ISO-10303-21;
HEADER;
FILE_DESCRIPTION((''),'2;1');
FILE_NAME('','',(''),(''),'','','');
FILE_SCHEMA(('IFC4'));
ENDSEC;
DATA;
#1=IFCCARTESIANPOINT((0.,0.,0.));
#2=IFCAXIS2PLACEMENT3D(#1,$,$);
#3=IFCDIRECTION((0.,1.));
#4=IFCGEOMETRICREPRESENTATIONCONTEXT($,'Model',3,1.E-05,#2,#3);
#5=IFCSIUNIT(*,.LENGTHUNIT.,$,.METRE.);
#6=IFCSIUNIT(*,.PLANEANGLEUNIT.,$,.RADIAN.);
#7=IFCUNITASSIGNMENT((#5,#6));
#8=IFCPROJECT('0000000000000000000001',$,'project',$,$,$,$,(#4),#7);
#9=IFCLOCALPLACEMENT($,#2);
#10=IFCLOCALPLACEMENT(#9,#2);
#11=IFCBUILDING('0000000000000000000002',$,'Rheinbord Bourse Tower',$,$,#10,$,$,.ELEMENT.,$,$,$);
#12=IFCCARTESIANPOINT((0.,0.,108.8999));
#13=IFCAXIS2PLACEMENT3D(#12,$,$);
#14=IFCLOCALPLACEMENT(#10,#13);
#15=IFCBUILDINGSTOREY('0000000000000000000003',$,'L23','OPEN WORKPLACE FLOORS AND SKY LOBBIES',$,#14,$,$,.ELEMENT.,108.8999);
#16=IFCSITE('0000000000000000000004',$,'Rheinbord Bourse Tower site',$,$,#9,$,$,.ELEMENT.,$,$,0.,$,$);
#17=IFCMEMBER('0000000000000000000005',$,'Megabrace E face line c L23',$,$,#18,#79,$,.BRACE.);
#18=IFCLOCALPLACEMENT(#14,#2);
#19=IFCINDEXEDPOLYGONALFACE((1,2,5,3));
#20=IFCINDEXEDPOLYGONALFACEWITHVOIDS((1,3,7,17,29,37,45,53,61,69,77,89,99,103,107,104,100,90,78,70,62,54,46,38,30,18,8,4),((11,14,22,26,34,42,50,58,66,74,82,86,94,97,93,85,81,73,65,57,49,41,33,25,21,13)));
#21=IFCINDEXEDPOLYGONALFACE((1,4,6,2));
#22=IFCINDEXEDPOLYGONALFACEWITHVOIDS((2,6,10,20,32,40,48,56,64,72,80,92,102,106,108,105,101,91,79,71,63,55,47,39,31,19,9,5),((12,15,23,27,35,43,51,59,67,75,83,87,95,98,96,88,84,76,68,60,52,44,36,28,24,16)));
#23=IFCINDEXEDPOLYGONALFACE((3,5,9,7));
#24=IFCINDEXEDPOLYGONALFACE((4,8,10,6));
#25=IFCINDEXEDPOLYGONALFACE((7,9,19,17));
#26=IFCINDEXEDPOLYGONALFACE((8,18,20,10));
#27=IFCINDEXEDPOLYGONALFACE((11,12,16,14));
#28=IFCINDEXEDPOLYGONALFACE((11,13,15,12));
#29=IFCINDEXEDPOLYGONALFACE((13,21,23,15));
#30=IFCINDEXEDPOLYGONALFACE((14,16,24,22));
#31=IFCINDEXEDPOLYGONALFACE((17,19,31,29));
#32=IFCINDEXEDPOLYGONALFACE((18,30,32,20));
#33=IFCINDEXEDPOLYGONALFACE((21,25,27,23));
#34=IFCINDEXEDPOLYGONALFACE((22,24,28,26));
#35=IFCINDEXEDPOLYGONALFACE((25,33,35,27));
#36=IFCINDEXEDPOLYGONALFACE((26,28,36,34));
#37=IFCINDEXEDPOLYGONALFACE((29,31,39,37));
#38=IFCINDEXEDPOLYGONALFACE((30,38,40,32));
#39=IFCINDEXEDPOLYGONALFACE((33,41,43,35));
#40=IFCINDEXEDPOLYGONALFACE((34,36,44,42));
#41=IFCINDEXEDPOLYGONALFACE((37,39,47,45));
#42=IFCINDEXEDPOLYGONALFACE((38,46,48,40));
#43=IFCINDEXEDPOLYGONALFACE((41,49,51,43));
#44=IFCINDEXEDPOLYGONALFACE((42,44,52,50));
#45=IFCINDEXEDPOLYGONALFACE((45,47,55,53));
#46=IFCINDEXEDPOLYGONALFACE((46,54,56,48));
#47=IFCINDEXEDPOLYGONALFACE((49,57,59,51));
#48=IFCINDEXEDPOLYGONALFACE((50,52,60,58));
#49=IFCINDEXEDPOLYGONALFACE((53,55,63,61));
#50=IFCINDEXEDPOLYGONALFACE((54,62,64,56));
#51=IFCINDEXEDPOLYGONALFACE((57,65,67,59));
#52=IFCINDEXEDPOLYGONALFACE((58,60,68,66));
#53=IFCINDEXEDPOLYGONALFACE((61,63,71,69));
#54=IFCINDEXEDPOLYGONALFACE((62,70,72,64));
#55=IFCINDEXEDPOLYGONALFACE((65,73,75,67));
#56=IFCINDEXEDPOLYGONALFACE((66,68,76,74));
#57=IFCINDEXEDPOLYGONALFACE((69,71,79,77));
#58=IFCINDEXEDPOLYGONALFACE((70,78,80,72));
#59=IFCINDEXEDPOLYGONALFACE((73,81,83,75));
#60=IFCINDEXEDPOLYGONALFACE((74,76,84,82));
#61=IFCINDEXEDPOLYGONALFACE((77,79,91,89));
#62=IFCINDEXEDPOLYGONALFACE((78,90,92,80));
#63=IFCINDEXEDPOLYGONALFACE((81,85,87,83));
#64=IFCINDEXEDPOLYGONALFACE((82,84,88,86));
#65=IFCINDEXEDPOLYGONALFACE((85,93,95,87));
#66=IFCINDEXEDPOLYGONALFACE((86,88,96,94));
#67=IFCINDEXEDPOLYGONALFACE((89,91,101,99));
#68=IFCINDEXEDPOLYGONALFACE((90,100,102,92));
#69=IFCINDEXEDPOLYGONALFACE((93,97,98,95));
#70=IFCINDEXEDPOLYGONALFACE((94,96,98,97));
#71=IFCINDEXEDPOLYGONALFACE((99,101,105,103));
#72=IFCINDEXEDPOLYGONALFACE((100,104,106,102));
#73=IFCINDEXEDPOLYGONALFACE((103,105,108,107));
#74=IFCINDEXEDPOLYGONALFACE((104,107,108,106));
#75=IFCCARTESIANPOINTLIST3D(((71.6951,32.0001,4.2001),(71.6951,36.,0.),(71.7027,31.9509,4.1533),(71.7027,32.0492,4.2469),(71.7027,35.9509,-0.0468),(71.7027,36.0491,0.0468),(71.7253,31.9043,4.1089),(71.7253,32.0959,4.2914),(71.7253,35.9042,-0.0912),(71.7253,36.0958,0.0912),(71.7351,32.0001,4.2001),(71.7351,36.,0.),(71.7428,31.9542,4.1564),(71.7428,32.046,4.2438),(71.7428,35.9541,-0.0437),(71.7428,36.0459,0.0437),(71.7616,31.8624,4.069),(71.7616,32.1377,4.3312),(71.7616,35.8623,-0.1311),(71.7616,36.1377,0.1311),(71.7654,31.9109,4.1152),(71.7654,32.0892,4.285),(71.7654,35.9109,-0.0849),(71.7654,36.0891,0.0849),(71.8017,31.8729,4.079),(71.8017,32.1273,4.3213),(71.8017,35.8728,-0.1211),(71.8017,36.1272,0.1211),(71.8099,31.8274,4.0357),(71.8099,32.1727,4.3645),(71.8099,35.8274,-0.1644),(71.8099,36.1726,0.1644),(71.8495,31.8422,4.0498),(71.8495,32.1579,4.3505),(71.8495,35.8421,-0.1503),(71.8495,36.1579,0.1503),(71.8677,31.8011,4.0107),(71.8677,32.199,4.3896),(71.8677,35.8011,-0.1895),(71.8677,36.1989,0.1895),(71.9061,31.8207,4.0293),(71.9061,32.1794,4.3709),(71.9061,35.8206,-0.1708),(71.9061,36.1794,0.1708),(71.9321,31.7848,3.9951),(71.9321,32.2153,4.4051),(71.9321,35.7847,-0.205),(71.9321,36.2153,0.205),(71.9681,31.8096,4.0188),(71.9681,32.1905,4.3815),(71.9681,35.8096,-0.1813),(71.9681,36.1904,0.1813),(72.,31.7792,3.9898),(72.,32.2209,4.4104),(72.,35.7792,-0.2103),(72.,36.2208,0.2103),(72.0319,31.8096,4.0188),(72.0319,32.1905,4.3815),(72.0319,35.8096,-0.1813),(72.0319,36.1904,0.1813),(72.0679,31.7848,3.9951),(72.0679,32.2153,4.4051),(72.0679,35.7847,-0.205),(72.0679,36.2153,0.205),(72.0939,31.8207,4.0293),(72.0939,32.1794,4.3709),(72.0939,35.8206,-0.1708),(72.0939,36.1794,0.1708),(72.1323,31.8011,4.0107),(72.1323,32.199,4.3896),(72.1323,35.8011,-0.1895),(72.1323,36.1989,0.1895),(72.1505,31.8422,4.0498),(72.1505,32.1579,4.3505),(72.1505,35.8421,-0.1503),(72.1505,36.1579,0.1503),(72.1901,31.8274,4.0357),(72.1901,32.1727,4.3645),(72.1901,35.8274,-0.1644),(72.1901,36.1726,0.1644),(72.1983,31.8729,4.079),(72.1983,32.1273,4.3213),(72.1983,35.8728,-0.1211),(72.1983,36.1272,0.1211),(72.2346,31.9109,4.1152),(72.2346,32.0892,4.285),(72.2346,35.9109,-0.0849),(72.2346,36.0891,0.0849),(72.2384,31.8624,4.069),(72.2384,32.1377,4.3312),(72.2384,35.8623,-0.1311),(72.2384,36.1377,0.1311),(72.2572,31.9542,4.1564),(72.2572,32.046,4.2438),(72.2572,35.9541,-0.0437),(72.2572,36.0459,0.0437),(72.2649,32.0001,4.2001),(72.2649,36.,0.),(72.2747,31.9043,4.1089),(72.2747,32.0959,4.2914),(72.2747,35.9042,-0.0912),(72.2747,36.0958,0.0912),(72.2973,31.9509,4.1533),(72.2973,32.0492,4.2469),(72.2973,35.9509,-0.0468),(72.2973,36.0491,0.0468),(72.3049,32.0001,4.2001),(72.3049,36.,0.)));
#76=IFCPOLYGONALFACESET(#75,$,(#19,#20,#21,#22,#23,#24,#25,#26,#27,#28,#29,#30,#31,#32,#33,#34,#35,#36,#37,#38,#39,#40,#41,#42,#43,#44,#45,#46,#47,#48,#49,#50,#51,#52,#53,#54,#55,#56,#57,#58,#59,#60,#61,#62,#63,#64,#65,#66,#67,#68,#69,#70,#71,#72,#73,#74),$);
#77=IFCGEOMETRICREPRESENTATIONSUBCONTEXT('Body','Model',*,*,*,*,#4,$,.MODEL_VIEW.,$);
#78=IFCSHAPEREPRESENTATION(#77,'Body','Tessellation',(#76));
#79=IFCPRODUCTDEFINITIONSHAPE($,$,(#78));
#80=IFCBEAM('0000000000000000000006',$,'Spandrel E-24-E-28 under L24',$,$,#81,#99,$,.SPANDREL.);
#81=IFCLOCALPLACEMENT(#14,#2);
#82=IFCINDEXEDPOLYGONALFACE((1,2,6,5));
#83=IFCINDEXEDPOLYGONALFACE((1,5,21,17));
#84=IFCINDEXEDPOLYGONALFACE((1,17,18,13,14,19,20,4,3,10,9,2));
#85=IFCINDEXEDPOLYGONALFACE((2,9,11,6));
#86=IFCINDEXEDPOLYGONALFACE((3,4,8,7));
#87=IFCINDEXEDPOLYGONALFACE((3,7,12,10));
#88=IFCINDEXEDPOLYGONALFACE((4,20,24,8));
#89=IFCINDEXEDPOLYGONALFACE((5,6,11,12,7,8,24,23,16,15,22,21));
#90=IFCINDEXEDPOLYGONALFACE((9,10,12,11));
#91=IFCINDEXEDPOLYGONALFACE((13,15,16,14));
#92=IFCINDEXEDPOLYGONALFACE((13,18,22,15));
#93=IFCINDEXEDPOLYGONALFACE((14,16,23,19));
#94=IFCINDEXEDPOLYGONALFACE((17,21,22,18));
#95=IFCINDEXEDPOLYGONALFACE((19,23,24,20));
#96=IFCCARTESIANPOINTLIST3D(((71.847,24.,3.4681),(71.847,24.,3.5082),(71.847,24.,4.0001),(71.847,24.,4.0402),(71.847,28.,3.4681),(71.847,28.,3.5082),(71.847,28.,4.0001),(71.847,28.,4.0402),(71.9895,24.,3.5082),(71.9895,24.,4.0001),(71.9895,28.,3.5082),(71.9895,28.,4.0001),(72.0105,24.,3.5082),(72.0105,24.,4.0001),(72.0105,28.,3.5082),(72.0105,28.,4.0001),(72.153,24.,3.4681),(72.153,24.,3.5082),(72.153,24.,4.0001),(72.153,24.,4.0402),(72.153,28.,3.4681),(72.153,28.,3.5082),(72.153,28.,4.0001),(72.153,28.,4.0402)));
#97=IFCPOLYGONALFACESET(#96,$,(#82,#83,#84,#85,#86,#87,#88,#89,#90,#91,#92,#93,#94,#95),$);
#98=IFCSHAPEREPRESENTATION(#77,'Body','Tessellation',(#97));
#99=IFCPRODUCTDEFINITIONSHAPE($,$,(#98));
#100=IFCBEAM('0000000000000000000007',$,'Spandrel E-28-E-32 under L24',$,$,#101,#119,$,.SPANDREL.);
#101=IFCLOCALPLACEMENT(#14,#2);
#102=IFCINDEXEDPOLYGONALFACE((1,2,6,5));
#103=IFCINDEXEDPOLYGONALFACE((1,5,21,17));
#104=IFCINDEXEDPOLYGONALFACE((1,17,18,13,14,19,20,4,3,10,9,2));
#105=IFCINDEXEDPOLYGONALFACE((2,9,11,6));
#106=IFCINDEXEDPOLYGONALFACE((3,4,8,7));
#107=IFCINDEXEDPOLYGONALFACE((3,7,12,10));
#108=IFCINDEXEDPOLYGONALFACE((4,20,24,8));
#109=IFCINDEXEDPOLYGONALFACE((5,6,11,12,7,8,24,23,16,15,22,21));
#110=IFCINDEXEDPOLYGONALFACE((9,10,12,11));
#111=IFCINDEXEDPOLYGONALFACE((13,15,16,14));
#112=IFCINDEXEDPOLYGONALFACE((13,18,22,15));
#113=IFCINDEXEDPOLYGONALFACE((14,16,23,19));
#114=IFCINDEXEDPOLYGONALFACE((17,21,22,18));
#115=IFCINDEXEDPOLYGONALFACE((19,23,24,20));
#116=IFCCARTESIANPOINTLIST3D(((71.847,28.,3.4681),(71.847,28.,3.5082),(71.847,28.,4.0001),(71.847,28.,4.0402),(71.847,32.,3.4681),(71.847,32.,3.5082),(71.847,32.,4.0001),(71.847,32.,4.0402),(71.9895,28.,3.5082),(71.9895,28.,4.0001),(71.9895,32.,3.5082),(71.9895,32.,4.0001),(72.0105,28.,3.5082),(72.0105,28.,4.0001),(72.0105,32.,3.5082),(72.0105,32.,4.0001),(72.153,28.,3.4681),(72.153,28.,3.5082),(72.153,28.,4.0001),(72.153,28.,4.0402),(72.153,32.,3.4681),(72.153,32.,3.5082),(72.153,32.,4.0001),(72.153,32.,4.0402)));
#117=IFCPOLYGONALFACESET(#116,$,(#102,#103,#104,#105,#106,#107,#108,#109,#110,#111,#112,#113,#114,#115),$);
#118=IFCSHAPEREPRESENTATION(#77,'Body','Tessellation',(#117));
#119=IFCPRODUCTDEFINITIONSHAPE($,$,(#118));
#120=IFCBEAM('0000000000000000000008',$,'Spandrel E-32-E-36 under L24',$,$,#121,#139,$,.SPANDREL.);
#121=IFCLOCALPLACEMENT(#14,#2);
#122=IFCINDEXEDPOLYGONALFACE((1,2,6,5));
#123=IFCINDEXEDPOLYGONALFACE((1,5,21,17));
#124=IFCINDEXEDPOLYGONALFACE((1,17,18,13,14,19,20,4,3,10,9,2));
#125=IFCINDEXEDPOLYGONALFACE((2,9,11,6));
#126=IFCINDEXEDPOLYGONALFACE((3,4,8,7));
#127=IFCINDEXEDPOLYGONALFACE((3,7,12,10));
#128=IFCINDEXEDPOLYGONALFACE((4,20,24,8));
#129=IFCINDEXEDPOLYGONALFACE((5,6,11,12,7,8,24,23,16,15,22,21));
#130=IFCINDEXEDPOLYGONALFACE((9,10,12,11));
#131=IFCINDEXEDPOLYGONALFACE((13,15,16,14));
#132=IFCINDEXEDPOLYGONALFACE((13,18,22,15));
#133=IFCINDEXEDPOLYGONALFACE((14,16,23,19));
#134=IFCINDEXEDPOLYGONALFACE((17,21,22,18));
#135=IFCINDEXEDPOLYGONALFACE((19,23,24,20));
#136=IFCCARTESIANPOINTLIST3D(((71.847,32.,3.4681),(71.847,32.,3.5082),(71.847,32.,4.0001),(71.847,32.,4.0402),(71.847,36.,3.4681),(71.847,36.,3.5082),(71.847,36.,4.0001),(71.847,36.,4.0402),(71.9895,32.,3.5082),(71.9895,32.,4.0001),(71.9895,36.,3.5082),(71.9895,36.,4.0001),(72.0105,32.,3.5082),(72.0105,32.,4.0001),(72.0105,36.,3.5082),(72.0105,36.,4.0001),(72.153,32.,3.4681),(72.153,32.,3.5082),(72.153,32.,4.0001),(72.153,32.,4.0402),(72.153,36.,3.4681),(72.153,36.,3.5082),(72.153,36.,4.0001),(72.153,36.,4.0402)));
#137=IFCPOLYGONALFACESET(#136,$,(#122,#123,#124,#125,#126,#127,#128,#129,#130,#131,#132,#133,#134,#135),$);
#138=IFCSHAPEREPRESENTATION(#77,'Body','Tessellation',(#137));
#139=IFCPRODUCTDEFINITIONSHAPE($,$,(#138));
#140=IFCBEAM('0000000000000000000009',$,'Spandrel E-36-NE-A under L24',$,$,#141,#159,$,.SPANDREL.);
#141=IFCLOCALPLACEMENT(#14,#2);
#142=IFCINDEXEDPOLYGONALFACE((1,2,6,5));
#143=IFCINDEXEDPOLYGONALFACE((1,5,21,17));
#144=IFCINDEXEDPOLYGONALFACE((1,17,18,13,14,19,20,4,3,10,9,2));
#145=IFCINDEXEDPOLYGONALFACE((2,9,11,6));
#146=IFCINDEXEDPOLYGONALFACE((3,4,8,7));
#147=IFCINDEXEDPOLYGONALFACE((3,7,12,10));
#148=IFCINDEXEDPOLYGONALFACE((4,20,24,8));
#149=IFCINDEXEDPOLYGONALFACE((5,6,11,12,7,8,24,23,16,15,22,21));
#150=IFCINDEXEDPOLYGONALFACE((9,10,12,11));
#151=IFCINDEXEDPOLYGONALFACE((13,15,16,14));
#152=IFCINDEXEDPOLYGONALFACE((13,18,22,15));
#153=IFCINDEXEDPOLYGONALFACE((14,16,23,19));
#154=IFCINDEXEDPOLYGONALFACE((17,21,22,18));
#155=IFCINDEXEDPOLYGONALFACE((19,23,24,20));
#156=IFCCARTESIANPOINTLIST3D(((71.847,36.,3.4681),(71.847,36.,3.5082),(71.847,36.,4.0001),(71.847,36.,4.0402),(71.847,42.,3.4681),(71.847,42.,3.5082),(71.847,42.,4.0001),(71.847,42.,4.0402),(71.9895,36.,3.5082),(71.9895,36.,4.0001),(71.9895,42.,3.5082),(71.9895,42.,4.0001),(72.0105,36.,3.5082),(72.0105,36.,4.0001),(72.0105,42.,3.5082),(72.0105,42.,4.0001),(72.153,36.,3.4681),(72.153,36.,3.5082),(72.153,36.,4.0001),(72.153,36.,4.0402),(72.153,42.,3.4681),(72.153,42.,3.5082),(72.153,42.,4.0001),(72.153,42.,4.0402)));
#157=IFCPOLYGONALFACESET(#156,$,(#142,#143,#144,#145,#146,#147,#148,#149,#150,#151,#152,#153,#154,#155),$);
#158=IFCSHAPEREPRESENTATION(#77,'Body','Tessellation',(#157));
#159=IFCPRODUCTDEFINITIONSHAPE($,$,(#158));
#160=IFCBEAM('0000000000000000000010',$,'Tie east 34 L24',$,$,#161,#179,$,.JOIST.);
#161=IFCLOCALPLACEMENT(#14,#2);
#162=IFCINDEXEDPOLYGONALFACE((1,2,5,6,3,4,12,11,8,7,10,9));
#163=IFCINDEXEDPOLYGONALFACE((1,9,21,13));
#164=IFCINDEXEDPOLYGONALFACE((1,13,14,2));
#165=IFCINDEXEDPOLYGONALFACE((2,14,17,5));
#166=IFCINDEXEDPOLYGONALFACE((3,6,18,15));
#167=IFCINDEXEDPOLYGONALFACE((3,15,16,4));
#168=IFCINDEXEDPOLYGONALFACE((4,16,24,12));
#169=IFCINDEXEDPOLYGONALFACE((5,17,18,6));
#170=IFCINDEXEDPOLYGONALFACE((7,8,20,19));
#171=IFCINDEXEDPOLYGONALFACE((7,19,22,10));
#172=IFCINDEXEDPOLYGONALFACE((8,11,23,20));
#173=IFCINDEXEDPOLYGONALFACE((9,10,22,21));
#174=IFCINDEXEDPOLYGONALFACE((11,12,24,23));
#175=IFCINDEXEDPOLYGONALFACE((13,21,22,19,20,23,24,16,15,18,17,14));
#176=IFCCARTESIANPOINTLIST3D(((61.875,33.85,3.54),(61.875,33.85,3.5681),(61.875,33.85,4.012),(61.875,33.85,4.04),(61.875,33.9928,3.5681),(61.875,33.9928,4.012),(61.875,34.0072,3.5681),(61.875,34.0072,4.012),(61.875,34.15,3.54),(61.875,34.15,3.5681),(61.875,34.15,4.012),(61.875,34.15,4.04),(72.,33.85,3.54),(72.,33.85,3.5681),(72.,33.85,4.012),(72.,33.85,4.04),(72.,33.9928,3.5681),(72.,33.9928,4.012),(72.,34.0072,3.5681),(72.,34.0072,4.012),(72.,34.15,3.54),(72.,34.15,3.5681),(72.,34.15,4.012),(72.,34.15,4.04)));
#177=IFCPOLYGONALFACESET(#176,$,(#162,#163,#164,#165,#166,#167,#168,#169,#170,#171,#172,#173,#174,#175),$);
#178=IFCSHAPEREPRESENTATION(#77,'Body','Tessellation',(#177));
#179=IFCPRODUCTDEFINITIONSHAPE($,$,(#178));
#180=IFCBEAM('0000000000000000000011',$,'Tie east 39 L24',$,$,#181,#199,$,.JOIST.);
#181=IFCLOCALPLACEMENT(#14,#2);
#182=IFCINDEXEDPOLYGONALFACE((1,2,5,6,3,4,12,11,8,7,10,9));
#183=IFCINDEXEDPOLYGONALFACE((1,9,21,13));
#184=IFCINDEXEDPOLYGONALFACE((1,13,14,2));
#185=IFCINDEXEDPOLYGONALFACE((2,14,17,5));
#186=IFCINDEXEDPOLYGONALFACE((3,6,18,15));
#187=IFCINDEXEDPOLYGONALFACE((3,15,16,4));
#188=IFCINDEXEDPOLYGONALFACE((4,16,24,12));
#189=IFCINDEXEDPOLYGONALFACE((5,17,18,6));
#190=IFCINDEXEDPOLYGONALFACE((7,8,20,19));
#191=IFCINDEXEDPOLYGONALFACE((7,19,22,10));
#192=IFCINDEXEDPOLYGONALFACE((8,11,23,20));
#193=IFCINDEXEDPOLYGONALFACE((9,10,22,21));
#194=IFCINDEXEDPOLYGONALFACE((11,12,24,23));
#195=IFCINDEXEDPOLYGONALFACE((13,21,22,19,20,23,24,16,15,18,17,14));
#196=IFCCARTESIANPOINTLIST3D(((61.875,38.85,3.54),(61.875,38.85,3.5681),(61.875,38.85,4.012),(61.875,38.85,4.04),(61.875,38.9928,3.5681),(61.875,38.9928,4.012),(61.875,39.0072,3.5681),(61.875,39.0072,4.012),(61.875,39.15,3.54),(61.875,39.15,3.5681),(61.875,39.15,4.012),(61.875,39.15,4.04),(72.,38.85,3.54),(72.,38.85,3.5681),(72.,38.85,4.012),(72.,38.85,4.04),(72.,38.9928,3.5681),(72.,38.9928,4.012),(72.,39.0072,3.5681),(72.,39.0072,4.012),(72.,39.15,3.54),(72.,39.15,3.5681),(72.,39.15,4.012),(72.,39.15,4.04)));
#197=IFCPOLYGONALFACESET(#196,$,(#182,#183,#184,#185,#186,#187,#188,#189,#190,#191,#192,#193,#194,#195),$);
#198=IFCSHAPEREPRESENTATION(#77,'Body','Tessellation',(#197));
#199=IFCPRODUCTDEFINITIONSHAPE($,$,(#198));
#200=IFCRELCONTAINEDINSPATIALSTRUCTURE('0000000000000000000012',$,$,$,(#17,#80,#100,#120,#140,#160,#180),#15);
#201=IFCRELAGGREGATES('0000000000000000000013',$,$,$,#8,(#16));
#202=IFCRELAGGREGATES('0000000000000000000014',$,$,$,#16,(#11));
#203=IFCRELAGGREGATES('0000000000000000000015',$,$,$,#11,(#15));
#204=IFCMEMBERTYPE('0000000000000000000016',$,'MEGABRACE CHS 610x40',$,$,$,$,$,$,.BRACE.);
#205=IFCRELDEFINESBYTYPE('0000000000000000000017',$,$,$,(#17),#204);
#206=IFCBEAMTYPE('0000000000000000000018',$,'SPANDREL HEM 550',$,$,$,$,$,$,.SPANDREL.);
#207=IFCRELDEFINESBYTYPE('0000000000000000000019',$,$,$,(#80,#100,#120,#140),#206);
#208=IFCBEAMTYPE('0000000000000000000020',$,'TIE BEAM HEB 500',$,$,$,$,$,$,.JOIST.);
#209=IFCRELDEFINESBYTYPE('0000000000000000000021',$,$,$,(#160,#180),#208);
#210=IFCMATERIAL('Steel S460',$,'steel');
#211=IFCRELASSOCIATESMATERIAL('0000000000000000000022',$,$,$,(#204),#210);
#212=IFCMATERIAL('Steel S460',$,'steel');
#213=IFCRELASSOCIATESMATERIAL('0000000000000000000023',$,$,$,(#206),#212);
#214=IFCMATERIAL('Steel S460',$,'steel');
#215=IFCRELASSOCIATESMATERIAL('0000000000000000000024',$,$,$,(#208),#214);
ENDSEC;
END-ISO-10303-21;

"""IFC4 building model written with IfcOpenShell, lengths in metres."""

from ifc_helpers import new_model, si_unit, direction, frame, origin, origin_2d, place, context, subcontext, project, spatial, hollow_circle, i_section, extrude, material, material_profile, profile_set, type_object, element, save


model = new_model("IFC4")

# Units and contexts
model_context = context("Model", 3, precision=1e-05, world=origin(), true_north=direction((0.0, 1.0)))
body_context = subcontext(model_context, "Body", "Model", "MODEL_VIEW")
ifc_project = project(units=[si_unit("LENGTHUNIT", "METRE"), si_unit("PLANEANGLEUNIT", "RADIAN")], contexts=[model_context])

# Site, building, storey
site_placement = place(None, origin())
site = spatial("IfcSite", under=ifc_project, at=site_placement, Name="Rheinbord Bourse Tower site", CompositionType="ELEMENT", RefElevation=0.0)
building_placement = place(site_placement, origin())
building = spatial("IfcBuilding", under=site, at=building_placement, Name="Rheinbord Bourse Tower", CompositionType="ELEMENT")
storey_placement = place(building_placement, frame((0.0, 0.0, 108.8999)))
storey = spatial("IfcBuildingStorey", under=building, at=storey_placement, Name="L23", Description="OPEN WORKPLACE FLOORS AND SKY LOBBIES", CompositionType="ELEMENT", Elevation=108.8999)

# Member
ifc_material_1 = material(Name="Steel S460", Category="steel")
ifc_material_profile_1 = material_profile(ifc_material_1, hollow_circle(Radius=0.3049, WallThickness=0.04, at=origin_2d()), Name="CHS 610x40")
ifc_profile_set_1 = profile_set([ifc_material_profile_1], Name="Steel S460")
member_type_1 = type_object("IfcMemberType", Name="MEGABRACE CHS 610x40", PredefinedType="BRACE", material=ifc_profile_set_1)
for number, where, z_axis, x_axis, name in (
    (1, (72.0, 36.0, 0.0), (0.0, -0.689638, 0.724154), (1.0, 0.0, 0.0), "Megabrace E face line c L23"),
):
    element("IfcMember", number, at=place(storey_placement, frame(where, z_axis=z_axis, x_axis=x_axis)), inside=storey, type_object=member_type_1, Name=name, PredefinedType="BRACE", context=body_context, shape_type="SweptSolid", body=[
        extrude(hollow_circle(Radius=0.3049, WallThickness=0.04, at=origin_2d()), origin(), (0.0, 0.0, 1.0), 5.8),
    ])

# Beams
ifc_material_2 = material(Name="Steel S460", Category="steel")
ifc_material_profile_2 = material_profile(ifc_material_2, i_section(OverallWidth=0.3059, OverallDepth=0.572, WebThickness=0.021, FlangeThickness=0.04, at=origin_2d()), Name="HEM 550")
ifc_profile_set_2 = profile_set([ifc_material_profile_2], Name="Steel S460")
beam_type_1 = type_object("IfcBeamType", Name="SPANDREL HEM 550", PredefinedType="SPANDREL", material=ifc_profile_set_2)
for number, where, z_axis, x_axis, name in (
    (2, (72.0, 24.0, 3.7542), (0.0, 1.0, 0.0), (-1.0, 0.0, 0.0), "Spandrel E-24-E-28 under L24"),
    (3, (72.0, 28.0, 3.7542), (0.0, 1.0, 0.0), (-1.0, 0.0, 0.0), "Spandrel E-28-E-32 under L24"),
    (4, (72.0, 32.0, 3.7542), (0.0, 1.0, 0.0), (-1.0, 0.0, 0.0), "Spandrel E-32-E-36 under L24"),
):
    element("IfcBeam", number, at=place(storey_placement, frame(where, z_axis=z_axis, x_axis=x_axis)), inside=storey, type_object=beam_type_1, Name=name, PredefinedType="SPANDREL", context=body_context, shape_type="SweptSolid", body=[
        extrude(i_section(OverallWidth=0.3059, OverallDepth=0.572, WebThickness=0.021, FlangeThickness=0.04, at=origin_2d()), origin(), (0.0, 0.0, 1.0), 4.0),
    ])
beam_1_placement = place(storey_placement, frame((72.0, 36.0, 3.7542), z_axis=(0.0, 1.0, 0.0), x_axis=(-1.0, 0.0, 0.0)))
element("IfcBeam", 5, at=beam_1_placement, inside=storey, type_object=beam_type_1, Name="Spandrel E-36-NE-A under L24", PredefinedType="SPANDREL", context=body_context, shape_type="SweptSolid", body=[
    extrude(i_section(OverallWidth=0.3059, OverallDepth=0.572, WebThickness=0.021, FlangeThickness=0.04, at=origin_2d()), origin(), (0.0, 0.0, 1.0), 6.0),
])
ifc_material_3 = material(Name="Steel S460", Category="steel")
ifc_material_profile_3 = material_profile(ifc_material_3, i_section(OverallWidth=0.3, OverallDepth=0.5, WebThickness=0.0144, FlangeThickness=0.0281, at=origin_2d()), Name="HEB 500")
ifc_profile_set_3 = profile_set([ifc_material_profile_3], Name="Steel S460")
beam_type_2 = type_object("IfcBeamType", Name="TIE BEAM HEB 500", PredefinedType="JOIST", material=ifc_profile_set_3)
for number, where, z_axis, x_axis, name in (
    (6, (61.875, 34.0, 3.79), (1.0, 0.0, 0.0), (0.0, 1.0, 0.0), "Tie east 34 L24"),
    (7, (61.875, 39.0, 3.79), (1.0, 0.0, 0.0), (0.0, 1.0, 0.0), "Tie east 39 L24"),
):
    element("IfcBeam", number, at=place(storey_placement, frame(where, z_axis=z_axis, x_axis=x_axis)), inside=storey, type_object=beam_type_2, Name=name, PredefinedType="JOIST", context=body_context, shape_type="SweptSolid", body=[
        extrude(i_section(OverallWidth=0.3, OverallDepth=0.5, WebThickness=0.0144, FlangeThickness=0.0281, at=origin_2d()), origin(), (0.0, 0.0, 1.0), 10.125),
    ])

save(model, "model.ifc")
